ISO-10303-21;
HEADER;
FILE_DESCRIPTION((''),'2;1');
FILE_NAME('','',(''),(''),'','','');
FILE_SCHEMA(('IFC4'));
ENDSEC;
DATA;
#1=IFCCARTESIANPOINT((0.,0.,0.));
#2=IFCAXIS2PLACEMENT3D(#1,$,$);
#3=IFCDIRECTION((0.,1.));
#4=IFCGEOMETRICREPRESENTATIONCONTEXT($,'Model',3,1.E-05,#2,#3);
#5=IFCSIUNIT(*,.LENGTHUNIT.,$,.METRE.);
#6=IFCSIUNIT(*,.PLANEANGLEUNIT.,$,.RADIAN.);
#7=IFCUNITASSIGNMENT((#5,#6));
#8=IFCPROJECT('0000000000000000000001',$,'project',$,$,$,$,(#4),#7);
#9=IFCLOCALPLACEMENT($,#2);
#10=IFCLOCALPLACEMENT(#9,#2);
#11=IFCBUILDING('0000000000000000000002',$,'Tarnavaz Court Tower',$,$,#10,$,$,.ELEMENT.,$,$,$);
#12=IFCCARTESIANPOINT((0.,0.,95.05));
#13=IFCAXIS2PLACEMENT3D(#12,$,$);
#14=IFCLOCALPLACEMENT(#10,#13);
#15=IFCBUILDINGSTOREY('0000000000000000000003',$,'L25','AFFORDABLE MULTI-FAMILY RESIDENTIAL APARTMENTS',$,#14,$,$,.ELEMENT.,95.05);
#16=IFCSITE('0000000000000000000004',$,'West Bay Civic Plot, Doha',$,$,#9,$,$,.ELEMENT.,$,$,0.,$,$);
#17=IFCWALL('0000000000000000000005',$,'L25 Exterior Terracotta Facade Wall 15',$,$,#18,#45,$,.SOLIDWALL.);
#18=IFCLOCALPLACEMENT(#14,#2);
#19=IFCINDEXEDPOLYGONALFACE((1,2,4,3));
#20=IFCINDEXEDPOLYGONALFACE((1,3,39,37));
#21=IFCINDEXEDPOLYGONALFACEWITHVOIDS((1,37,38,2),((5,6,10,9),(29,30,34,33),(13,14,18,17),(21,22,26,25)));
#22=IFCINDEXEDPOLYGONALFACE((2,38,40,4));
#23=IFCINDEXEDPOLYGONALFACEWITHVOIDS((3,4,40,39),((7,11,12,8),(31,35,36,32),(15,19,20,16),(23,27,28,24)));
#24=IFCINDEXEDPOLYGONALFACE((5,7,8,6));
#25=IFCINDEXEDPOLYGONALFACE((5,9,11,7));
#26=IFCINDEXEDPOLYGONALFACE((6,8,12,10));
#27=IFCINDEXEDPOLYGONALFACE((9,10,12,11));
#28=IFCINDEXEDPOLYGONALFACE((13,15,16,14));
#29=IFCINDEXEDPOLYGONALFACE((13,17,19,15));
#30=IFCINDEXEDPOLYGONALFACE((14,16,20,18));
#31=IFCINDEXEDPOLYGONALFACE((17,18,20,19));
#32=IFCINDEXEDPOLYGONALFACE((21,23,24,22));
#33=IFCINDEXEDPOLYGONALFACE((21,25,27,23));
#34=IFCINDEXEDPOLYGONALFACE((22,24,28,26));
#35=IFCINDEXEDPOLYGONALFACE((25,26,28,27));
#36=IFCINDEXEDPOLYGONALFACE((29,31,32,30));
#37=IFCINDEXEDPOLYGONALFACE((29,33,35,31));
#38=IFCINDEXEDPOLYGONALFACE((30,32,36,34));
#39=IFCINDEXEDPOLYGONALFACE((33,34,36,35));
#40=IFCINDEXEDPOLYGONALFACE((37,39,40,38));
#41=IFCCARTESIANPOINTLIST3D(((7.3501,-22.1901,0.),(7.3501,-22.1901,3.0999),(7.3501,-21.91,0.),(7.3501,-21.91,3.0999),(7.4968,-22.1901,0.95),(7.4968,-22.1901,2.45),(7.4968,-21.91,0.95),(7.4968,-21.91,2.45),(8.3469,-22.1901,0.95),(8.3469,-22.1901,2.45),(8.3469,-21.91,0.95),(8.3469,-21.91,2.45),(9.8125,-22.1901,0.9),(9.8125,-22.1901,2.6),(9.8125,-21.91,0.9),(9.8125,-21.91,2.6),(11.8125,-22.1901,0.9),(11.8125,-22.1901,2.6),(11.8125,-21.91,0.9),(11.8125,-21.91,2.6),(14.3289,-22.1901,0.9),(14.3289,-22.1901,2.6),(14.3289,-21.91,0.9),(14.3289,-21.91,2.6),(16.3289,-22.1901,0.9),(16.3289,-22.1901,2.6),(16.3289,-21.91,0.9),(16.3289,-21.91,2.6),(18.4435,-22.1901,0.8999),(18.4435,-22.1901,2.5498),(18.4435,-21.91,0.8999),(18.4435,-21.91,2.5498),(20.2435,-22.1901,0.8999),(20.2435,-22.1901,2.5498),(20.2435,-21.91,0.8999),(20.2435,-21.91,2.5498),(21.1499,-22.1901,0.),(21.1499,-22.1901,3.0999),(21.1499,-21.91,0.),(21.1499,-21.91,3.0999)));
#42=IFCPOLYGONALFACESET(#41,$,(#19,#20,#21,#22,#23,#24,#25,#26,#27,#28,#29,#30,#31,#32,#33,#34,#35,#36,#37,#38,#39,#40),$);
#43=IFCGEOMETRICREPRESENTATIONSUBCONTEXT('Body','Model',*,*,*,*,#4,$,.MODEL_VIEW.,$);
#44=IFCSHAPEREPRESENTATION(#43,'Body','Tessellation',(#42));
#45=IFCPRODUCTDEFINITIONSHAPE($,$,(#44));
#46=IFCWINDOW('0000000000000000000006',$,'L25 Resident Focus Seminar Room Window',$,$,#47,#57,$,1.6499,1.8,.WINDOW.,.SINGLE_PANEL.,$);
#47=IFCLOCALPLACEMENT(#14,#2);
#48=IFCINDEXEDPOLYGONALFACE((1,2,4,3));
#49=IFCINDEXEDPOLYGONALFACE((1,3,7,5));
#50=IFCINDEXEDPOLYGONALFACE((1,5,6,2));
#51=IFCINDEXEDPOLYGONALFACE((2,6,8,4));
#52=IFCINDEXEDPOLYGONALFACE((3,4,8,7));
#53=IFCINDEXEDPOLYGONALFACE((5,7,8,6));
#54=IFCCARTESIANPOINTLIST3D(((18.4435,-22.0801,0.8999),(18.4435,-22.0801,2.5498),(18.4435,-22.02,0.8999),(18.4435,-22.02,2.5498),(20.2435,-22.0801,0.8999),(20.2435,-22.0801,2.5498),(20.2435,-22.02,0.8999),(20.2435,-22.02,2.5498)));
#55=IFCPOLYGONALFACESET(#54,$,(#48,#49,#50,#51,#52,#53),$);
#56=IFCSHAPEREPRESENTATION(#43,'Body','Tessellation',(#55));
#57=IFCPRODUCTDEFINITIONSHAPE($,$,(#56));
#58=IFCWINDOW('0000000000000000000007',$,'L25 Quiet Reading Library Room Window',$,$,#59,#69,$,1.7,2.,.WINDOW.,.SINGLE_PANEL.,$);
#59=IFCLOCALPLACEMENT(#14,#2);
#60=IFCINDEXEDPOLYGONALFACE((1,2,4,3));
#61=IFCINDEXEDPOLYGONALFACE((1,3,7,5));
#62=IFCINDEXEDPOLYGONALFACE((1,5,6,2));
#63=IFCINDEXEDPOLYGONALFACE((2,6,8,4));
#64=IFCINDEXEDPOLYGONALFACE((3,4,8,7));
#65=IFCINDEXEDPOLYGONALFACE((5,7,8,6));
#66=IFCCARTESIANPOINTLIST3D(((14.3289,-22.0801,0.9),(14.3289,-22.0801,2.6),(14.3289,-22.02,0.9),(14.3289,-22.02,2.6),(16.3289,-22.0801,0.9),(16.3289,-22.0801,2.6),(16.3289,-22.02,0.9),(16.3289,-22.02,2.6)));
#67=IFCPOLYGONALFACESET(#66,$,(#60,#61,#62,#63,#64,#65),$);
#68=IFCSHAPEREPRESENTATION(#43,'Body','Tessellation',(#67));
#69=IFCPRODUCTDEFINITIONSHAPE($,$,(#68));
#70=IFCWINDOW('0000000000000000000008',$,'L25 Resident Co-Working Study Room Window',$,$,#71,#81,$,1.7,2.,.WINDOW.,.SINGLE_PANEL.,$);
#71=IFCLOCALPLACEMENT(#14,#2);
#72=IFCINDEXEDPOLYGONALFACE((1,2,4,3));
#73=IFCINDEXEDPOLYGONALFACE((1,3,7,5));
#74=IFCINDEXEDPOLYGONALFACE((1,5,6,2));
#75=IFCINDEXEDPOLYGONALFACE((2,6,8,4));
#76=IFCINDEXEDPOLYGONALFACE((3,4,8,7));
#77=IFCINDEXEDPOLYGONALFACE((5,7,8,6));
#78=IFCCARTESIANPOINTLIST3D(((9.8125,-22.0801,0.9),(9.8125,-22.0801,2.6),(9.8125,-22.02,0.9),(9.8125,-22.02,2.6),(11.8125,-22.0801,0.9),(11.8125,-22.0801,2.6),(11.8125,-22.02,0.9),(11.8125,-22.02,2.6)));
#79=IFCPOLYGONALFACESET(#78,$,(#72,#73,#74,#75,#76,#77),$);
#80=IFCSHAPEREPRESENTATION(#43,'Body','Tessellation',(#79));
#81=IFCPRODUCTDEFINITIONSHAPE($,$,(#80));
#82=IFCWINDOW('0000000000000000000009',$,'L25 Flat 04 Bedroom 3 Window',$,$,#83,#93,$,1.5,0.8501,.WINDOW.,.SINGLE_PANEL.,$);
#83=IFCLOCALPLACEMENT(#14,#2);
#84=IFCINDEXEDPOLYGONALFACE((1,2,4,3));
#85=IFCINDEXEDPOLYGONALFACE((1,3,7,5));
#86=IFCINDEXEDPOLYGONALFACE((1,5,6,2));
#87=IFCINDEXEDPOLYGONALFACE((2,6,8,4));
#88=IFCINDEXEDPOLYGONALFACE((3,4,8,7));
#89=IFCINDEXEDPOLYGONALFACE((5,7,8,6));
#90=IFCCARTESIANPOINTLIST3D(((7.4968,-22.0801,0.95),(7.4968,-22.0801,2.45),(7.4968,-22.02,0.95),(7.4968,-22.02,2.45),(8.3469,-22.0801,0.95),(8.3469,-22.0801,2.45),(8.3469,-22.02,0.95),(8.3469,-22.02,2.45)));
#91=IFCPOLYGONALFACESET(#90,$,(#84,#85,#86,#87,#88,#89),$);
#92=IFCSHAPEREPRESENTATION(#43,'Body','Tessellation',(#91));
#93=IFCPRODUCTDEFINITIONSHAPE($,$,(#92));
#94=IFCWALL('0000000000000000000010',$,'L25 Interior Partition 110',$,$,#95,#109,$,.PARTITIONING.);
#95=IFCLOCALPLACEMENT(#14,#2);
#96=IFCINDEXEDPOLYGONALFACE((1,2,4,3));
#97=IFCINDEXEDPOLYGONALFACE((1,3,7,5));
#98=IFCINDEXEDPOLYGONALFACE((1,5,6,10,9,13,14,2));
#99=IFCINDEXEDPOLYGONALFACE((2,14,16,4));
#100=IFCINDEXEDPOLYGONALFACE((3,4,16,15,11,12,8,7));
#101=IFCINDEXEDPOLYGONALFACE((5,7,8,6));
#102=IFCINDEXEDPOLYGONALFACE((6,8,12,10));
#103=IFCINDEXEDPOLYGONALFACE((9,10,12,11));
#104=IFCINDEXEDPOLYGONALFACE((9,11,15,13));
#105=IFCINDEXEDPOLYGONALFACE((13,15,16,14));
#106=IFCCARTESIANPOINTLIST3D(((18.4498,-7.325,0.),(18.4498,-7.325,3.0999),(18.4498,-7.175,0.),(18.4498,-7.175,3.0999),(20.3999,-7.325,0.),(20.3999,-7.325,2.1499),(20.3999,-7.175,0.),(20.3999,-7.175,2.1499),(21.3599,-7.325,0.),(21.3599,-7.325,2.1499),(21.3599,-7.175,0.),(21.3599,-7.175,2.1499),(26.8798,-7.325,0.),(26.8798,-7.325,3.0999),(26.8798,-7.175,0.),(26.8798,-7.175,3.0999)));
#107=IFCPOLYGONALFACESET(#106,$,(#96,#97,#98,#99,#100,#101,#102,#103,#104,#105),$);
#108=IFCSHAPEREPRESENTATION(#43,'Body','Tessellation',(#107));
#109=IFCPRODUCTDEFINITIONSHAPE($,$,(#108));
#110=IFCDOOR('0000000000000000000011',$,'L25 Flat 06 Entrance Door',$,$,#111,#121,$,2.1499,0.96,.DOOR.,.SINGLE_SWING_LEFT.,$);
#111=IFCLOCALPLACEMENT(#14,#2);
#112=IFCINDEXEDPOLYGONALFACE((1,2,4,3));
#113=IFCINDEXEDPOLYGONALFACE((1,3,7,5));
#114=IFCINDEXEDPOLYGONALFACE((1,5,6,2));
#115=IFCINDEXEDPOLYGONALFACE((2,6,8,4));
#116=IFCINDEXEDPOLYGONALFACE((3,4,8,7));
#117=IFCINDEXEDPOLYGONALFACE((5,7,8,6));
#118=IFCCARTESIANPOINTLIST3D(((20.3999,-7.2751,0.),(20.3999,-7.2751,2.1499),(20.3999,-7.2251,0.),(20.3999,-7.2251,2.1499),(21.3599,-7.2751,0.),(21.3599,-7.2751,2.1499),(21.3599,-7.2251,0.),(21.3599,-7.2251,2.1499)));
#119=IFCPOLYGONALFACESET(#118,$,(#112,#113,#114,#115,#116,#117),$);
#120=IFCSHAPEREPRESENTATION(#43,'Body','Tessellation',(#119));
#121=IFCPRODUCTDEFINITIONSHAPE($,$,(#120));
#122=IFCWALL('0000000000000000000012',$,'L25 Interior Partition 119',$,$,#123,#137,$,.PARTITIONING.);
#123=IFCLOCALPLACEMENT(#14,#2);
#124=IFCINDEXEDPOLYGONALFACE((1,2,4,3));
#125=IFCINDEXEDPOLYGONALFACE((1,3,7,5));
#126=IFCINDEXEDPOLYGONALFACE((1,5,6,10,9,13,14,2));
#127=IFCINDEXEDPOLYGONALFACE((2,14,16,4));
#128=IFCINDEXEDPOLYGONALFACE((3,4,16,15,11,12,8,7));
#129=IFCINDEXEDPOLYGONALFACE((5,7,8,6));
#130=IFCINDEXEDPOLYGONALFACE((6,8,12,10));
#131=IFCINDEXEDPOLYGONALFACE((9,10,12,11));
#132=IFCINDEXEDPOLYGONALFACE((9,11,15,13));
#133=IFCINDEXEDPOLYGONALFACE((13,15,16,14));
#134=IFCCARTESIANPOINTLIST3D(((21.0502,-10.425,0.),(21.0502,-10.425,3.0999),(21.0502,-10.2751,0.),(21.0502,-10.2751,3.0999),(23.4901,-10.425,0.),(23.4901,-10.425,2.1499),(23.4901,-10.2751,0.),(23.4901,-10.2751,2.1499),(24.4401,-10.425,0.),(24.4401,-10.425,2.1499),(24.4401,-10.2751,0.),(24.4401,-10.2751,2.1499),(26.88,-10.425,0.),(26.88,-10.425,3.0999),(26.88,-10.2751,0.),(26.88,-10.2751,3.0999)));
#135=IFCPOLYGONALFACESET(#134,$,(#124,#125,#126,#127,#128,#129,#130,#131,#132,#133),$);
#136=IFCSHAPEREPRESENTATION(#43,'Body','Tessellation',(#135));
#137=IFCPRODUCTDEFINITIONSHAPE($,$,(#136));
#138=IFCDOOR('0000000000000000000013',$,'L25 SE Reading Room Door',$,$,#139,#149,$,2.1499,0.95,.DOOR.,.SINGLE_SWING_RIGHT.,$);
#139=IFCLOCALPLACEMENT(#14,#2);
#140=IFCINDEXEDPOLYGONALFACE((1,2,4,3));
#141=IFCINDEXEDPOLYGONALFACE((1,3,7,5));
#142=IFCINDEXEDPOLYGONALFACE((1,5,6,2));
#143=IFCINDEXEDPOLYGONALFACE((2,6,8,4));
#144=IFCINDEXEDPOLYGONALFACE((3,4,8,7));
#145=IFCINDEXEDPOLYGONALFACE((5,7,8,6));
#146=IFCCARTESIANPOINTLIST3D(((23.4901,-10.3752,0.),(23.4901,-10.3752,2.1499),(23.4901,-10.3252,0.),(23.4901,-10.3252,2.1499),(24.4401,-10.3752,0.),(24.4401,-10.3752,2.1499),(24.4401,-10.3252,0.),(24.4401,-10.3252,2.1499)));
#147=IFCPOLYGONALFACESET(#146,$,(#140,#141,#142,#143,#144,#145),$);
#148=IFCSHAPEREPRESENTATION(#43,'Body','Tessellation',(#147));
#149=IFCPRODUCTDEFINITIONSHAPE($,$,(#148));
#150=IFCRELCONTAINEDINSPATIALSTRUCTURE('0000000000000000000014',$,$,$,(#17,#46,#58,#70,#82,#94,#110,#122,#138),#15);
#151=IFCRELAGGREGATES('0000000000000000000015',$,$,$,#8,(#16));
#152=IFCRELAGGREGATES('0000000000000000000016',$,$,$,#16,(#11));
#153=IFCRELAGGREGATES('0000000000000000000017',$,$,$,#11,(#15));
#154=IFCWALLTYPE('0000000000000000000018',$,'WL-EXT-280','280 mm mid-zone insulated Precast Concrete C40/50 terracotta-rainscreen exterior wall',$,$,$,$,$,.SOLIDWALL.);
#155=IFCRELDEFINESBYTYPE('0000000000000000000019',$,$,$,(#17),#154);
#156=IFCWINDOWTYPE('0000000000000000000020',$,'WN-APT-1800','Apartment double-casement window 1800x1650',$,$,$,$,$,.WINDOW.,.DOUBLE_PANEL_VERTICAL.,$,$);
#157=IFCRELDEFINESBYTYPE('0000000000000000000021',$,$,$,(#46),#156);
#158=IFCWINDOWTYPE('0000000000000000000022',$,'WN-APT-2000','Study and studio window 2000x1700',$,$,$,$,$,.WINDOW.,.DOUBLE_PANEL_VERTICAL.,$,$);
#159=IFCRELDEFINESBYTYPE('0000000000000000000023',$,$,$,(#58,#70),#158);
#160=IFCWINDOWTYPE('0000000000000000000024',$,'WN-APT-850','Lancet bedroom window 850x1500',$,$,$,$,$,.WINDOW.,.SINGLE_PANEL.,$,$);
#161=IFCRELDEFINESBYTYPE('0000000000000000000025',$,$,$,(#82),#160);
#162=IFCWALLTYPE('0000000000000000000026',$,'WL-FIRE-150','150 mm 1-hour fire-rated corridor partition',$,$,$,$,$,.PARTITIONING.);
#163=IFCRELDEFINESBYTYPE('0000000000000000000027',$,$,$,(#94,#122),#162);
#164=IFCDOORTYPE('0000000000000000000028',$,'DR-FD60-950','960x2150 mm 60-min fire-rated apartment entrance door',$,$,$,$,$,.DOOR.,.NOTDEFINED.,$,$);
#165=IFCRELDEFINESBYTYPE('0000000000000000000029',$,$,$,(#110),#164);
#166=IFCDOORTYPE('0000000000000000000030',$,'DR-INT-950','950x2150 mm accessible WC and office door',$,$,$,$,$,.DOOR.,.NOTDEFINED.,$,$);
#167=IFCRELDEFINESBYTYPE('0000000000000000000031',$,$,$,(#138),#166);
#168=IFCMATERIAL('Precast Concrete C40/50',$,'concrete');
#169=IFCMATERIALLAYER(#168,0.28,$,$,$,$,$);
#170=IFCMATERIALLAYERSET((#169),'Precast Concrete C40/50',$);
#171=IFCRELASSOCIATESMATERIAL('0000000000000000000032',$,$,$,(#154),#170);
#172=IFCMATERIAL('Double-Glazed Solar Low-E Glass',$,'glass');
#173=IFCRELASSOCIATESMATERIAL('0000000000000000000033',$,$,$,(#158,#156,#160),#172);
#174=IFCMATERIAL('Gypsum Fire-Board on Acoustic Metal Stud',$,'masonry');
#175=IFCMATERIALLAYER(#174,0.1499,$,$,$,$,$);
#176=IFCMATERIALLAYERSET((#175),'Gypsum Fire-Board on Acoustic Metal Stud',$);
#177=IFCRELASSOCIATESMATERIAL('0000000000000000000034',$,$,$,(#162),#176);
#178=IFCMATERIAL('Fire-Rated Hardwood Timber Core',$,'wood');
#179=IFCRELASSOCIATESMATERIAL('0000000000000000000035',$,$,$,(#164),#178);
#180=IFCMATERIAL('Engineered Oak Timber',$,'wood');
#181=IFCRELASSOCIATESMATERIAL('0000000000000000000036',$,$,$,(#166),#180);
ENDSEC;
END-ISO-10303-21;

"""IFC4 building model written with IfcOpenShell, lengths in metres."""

from ifc_helpers import new_model, si_unit, direction, frame, frame_2d, origin, place, context, subcontext, project, spatial, rectangle, extrude, material, layer, layer_set, type_object, element, fill, save


model = new_model("IFC4")

# Units and contexts
model_context = context("Model", 3, precision=1e-05, world=origin(), true_north=direction((0.0, 1.0)))
body_context = subcontext(model_context, "Body", "Model", "MODEL_VIEW")
ifc_project = project(units=[si_unit("LENGTHUNIT", "METRE"), si_unit("PLANEANGLEUNIT", "RADIAN")], contexts=[model_context])

# Site, building, storey
site_placement = place(None, origin())
site = spatial("IfcSite", under=ifc_project, at=site_placement, Name="West Bay Civic Plot, Doha", CompositionType="ELEMENT", RefElevation=0.0)
building_placement = place(site_placement, origin())
building = spatial("IfcBuilding", under=site, at=building_placement, Name="Tarnavaz Court Tower", CompositionType="ELEMENT")
storey_placement = place(building_placement, frame((0.0, 0.0, 95.05)))
storey = spatial("IfcBuildingStorey", under=building, at=storey_placement, Name="L25", Description="AFFORDABLE MULTI-FAMILY RESIDENTIAL APARTMENTS", CompositionType="ELEMENT", Elevation=95.05)

# Shared definitions
ifc_material_1 = material(Name="Precast Concrete C40/50", Category="concrete")
ifc_layer_1 = layer(ifc_material_1, 0.28)
ifc_layer_set_1 = layer_set([ifc_layer_1], Name="Precast Concrete C40/50")
wall_type_1 = type_object("IfcWallType", Name="WL-EXT-280", Description="280 mm mid-zone insulated Precast Concrete C40/50 terracotta-rainscreen exterior wall", PredefinedType="SOLIDWALL", material=ifc_layer_set_1)
ifc_material_2 = material(Name="Double-Glazed Solar Low-E Glass", Category="glass")
window_type_1 = type_object("IfcWindowType", Name="WN-APT-2000", Description="Study and studio window 2000x1700", PartitioningType="DOUBLE_PANEL_VERTICAL", PredefinedType="WINDOW", material=ifc_material_2)

# Wall, openings, windows
wall_1_placement = place(storey_placement, frame((21.1499, -22.05, 0.0), z_axis=(0.0, 0.0, 1.0), x_axis=(-1.0, 0.0, 0.0)))
wall_1 = element("IfcWall", 1, at=wall_1_placement, inside=storey, type_object=wall_type_1, Name="L25 Exterior Terracotta Facade Wall 15", PredefinedType="SOLIDWALL", context=body_context, shape_type="SweptSolid", body=[
    extrude(rectangle(XDim=13.7998, YDim=0.28, at=frame_2d((6.8999, 0.0))), origin(), (0.0, 0.0, 1.0), 3.0999),
])
opening_1_placement = place(wall_1_placement, frame((0.9065, 0.0, 0.8999)))
opening_1 = element("IfcOpeningElement", 2, at=opening_1_placement, cuts=wall_1, PredefinedType="OPENING", context=body_context, shape_type="SweptSolid", body=[
    extrude(rectangle(XDim=1.8, YDim=1.6499, at=frame_2d((0.8999, 0.825))), frame((0.0, 0.1499, 0.0), z_axis=(0.0, -1.0, 0.0), x_axis=(1.0, 0.0, 0.0)), (0.0, 0.0, 1.0), 0.3),
])
opening_2_placement = place(wall_1_placement, frame((4.821, 0.0, 0.8999)))
opening_2 = element("IfcOpeningElement", 3, at=opening_2_placement, cuts=wall_1, PredefinedType="OPENING", context=body_context, shape_type="SweptSolid", body=[
    extrude(rectangle(XDim=2.0, YDim=1.7, at=frame_2d((1.0, 0.8501))), frame((0.0, 0.1499, 0.0), z_axis=(0.0, -1.0, 0.0), x_axis=(1.0, 0.0, 0.0)), (0.0, 0.0, 1.0), 0.3),
])
opening_3_placement = place(wall_1_placement, frame((9.3374, 0.0, 0.8999)))
opening_3 = element("IfcOpeningElement", 4, at=opening_3_placement, cuts=wall_1, PredefinedType="OPENING", context=body_context, shape_type="SweptSolid", body=[
    extrude(rectangle(XDim=2.0, YDim=1.7, at=frame_2d((1.0, 0.8501))), frame((0.0, 0.1499, 0.0), z_axis=(0.0, -1.0, 0.0), x_axis=(1.0, 0.0, 0.0)), (0.0, 0.0, 1.0), 0.3),
])
opening_4_placement = place(wall_1_placement, frame((12.803, 0.0, 0.95)))
opening_4 = element("IfcOpeningElement", 5, at=opening_4_placement, cuts=wall_1, PredefinedType="OPENING", context=body_context, shape_type="SweptSolid", body=[
    extrude(rectangle(XDim=0.8501, YDim=1.5, at=frame_2d((0.425, 0.75))), frame((0.0, 0.1499, 0.0), z_axis=(0.0, -1.0, 0.0), x_axis=(1.0, 0.0, 0.0)), (0.0, 0.0, 1.0), 0.3),
])
window_type_2 = type_object("IfcWindowType", Name="WN-APT-1800", Description="Apartment double-casement window 1800x1650", PartitioningType="DOUBLE_PANEL_VERTICAL", PredefinedType="WINDOW", material=ifc_material_2)
window_1_placement = place(opening_1_placement, origin())
window_1 = element("IfcWindow", 6, at=window_1_placement, inside=storey, type_object=window_type_2, Name="L25 Resident Focus Seminar Room Window", OverallHeight=1.6499, OverallWidth=1.8, PartitioningType="SINGLE_PANEL", PredefinedType="WINDOW", context=body_context, shape_type="SweptSolid", body=[
    extrude(rectangle(XDim=1.8, YDim=1.6499, at=frame_2d((0.8999, 0.825))), frame((0.0, 0.03, 0.0), z_axis=(0.0, -1.0, 0.0), x_axis=(1.0, 0.0, 0.0)), (0.0, 0.0, 1.0), 0.0601),
])
fill(opening_1, window_1)
window_2_placement = place(opening_2_placement, origin())
window_2 = element("IfcWindow", 7, at=window_2_placement, inside=storey, type_object=window_type_1, Name="L25 Quiet Reading Library Room Window", OverallHeight=1.7, OverallWidth=2.0, PartitioningType="SINGLE_PANEL", PredefinedType="WINDOW", context=body_context, shape_type="SweptSolid", body=[
    extrude(rectangle(XDim=2.0, YDim=1.7, at=frame_2d((1.0, 0.8501))), frame((0.0, 0.03, 0.0), z_axis=(0.0, -1.0, 0.0), x_axis=(1.0, 0.0, 0.0)), (0.0, 0.0, 1.0), 0.0601),
])
fill(opening_2, window_2)
window_3_placement = place(opening_3_placement, origin())
window_3 = element("IfcWindow", 8, at=window_3_placement, inside=storey, type_object=window_type_1, Name="L25 Resident Co-Working Study Room Window", OverallHeight=1.7, OverallWidth=2.0, PartitioningType="SINGLE_PANEL", PredefinedType="WINDOW", context=body_context, shape_type="SweptSolid", body=[
    extrude(rectangle(XDim=2.0, YDim=1.7, at=frame_2d((1.0, 0.8501))), frame((0.0, 0.03, 0.0), z_axis=(0.0, -1.0, 0.0), x_axis=(1.0, 0.0, 0.0)), (0.0, 0.0, 1.0), 0.0601),
])
fill(opening_3, window_3)
window_type_3 = type_object("IfcWindowType", Name="WN-APT-850", Description="Lancet bedroom window 850x1500", PartitioningType="SINGLE_PANEL", PredefinedType="WINDOW", material=ifc_material_2)
window_4_placement = place(opening_4_placement, origin())
window_4 = element("IfcWindow", 9, at=window_4_placement, inside=storey, type_object=window_type_3, Name="L25 Flat 04 Bedroom 3 Window", OverallHeight=1.5, OverallWidth=0.8501, PartitioningType="SINGLE_PANEL", PredefinedType="WINDOW", context=body_context, shape_type="SweptSolid", body=[
    extrude(rectangle(XDim=0.8501, YDim=1.5, at=frame_2d((0.425, 0.75))), frame((0.0, 0.03, 0.0), z_axis=(0.0, -1.0, 0.0), x_axis=(1.0, 0.0, 0.0)), (0.0, 0.0, 1.0), 0.0601),
])
fill(opening_4, window_4)

# Walls, openings, doors
ifc_material_3 = material(Name="Gypsum Fire-Board on Acoustic Metal Stud", Category="masonry")
ifc_layer_2 = layer(ifc_material_3, 0.1499)
ifc_layer_set_2 = layer_set([ifc_layer_2], Name="Gypsum Fire-Board on Acoustic Metal Stud")
wall_type_2 = type_object("IfcWallType", Name="WL-FIRE-150", Description="150 mm 1-hour fire-rated corridor partition", PredefinedType="PARTITIONING", material=ifc_layer_set_2)
wall_2_placement = place(storey_placement, frame((18.45, -7.25, 0.0), z_axis=(0.0, 0.0, 1.0), x_axis=(1.0, 0.0, 0.0)))
wall_2 = element("IfcWall", 10, at=wall_2_placement, inside=storey, type_object=wall_type_2, Name="L25 Interior Partition 110", PredefinedType="PARTITIONING", context=body_context, shape_type="SweptSolid", body=[
    extrude(rectangle(XDim=8.4299, YDim=0.1499, at=frame_2d((4.2148, 0.0))), origin(), (0.0, 0.0, 1.0), 3.0999),
])
opening_5_placement = place(wall_2_placement, frame((1.95, 0.0, 0.0)))
opening_5 = element("IfcOpeningElement", 11, at=opening_5_placement, cuts=wall_2, PredefinedType="OPENING", context=body_context, shape_type="SweptSolid", body=[
    extrude(rectangle(XDim=0.96, YDim=2.1499, at=frame_2d((0.48, 1.075))), frame((0.0, 0.085, 0.0), z_axis=(0.0, -1.0, 0.0), x_axis=(1.0, 0.0, 0.0)), (0.0, 0.0, 1.0), 0.1699),
])
ifc_material_4 = material(Name="Fire-Rated Hardwood Timber Core", Category="wood")
door_type_1 = type_object("IfcDoorType", Name="DR-FD60-950", Description="960x2150 mm 60-min fire-rated apartment entrance door", OperationType="NOTDEFINED", PredefinedType="DOOR", material=ifc_material_4)
door_1_placement = place(opening_5_placement, origin())
door_1 = element("IfcDoor", 12, at=door_1_placement, inside=storey, type_object=door_type_1, Name="L25 Flat 06 Entrance Door", OperationType="SINGLE_SWING_LEFT", OverallHeight=2.1499, OverallWidth=0.96, PredefinedType="DOOR", context=body_context, shape_type="SweptSolid", body=[
    extrude(rectangle(XDim=0.96, YDim=2.1499, at=frame_2d((0.48, 1.075))), frame((0.0, 0.0249, 0.0), z_axis=(0.0, -1.0, 0.0), x_axis=(1.0, 0.0, 0.0)), (0.0, 0.0, 1.0), 0.05),
])
fill(opening_5, door_1)
wall_3_placement = place(storey_placement, frame((21.05, -10.3501, 0.0), z_axis=(0.0, 0.0, 1.0), x_axis=(1.0, 0.0, 0.0)))
wall_3 = element("IfcWall", 13, at=wall_3_placement, inside=storey, type_object=wall_type_2, Name="L25 Interior Partition 119", PredefinedType="PARTITIONING", context=body_context, shape_type="SweptSolid", body=[
    extrude(rectangle(XDim=5.8298, YDim=0.1499, at=frame_2d((2.915, 0.0))), origin(), (0.0, 0.0, 1.0), 3.0999),
])
opening_6_placement = place(wall_3_placement, frame((2.4399, 0.0, 0.0)))
opening_6 = element("IfcOpeningElement", 14, at=opening_6_placement, cuts=wall_3, PredefinedType="OPENING", context=body_context, shape_type="SweptSolid", body=[
    extrude(rectangle(XDim=0.95, YDim=2.1499, at=frame_2d((0.4751, 1.075))), frame((0.0, 0.085, 0.0), z_axis=(0.0, -1.0, 0.0), x_axis=(1.0, 0.0, 0.0)), (0.0, 0.0, 1.0), 0.1699),
])
ifc_material_5 = material(Name="Engineered Oak Timber", Category="wood")
door_type_2 = type_object("IfcDoorType", Name="DR-INT-950", Description="950x2150 mm accessible WC and office door", OperationType="NOTDEFINED", PredefinedType="DOOR", material=ifc_material_5)
door_2_placement = place(opening_6_placement, origin())
door_2 = element("IfcDoor", 15, at=door_2_placement, inside=storey, type_object=door_type_2, Name="L25 SE Reading Room Door", OperationType="SINGLE_SWING_RIGHT", OverallHeight=2.1499, OverallWidth=0.95, PredefinedType="DOOR", context=body_context, shape_type="SweptSolid", body=[
    extrude(rectangle(XDim=0.95, YDim=2.1499, at=frame_2d((0.4751, 1.075))), frame((0.0, 0.0249, 0.0), z_axis=(0.0, -1.0, 0.0), x_axis=(1.0, 0.0, 0.0)), (0.0, 0.0, 1.0), 0.05),
])
fill(opening_6, door_2)

save(model, "model.ifc")
